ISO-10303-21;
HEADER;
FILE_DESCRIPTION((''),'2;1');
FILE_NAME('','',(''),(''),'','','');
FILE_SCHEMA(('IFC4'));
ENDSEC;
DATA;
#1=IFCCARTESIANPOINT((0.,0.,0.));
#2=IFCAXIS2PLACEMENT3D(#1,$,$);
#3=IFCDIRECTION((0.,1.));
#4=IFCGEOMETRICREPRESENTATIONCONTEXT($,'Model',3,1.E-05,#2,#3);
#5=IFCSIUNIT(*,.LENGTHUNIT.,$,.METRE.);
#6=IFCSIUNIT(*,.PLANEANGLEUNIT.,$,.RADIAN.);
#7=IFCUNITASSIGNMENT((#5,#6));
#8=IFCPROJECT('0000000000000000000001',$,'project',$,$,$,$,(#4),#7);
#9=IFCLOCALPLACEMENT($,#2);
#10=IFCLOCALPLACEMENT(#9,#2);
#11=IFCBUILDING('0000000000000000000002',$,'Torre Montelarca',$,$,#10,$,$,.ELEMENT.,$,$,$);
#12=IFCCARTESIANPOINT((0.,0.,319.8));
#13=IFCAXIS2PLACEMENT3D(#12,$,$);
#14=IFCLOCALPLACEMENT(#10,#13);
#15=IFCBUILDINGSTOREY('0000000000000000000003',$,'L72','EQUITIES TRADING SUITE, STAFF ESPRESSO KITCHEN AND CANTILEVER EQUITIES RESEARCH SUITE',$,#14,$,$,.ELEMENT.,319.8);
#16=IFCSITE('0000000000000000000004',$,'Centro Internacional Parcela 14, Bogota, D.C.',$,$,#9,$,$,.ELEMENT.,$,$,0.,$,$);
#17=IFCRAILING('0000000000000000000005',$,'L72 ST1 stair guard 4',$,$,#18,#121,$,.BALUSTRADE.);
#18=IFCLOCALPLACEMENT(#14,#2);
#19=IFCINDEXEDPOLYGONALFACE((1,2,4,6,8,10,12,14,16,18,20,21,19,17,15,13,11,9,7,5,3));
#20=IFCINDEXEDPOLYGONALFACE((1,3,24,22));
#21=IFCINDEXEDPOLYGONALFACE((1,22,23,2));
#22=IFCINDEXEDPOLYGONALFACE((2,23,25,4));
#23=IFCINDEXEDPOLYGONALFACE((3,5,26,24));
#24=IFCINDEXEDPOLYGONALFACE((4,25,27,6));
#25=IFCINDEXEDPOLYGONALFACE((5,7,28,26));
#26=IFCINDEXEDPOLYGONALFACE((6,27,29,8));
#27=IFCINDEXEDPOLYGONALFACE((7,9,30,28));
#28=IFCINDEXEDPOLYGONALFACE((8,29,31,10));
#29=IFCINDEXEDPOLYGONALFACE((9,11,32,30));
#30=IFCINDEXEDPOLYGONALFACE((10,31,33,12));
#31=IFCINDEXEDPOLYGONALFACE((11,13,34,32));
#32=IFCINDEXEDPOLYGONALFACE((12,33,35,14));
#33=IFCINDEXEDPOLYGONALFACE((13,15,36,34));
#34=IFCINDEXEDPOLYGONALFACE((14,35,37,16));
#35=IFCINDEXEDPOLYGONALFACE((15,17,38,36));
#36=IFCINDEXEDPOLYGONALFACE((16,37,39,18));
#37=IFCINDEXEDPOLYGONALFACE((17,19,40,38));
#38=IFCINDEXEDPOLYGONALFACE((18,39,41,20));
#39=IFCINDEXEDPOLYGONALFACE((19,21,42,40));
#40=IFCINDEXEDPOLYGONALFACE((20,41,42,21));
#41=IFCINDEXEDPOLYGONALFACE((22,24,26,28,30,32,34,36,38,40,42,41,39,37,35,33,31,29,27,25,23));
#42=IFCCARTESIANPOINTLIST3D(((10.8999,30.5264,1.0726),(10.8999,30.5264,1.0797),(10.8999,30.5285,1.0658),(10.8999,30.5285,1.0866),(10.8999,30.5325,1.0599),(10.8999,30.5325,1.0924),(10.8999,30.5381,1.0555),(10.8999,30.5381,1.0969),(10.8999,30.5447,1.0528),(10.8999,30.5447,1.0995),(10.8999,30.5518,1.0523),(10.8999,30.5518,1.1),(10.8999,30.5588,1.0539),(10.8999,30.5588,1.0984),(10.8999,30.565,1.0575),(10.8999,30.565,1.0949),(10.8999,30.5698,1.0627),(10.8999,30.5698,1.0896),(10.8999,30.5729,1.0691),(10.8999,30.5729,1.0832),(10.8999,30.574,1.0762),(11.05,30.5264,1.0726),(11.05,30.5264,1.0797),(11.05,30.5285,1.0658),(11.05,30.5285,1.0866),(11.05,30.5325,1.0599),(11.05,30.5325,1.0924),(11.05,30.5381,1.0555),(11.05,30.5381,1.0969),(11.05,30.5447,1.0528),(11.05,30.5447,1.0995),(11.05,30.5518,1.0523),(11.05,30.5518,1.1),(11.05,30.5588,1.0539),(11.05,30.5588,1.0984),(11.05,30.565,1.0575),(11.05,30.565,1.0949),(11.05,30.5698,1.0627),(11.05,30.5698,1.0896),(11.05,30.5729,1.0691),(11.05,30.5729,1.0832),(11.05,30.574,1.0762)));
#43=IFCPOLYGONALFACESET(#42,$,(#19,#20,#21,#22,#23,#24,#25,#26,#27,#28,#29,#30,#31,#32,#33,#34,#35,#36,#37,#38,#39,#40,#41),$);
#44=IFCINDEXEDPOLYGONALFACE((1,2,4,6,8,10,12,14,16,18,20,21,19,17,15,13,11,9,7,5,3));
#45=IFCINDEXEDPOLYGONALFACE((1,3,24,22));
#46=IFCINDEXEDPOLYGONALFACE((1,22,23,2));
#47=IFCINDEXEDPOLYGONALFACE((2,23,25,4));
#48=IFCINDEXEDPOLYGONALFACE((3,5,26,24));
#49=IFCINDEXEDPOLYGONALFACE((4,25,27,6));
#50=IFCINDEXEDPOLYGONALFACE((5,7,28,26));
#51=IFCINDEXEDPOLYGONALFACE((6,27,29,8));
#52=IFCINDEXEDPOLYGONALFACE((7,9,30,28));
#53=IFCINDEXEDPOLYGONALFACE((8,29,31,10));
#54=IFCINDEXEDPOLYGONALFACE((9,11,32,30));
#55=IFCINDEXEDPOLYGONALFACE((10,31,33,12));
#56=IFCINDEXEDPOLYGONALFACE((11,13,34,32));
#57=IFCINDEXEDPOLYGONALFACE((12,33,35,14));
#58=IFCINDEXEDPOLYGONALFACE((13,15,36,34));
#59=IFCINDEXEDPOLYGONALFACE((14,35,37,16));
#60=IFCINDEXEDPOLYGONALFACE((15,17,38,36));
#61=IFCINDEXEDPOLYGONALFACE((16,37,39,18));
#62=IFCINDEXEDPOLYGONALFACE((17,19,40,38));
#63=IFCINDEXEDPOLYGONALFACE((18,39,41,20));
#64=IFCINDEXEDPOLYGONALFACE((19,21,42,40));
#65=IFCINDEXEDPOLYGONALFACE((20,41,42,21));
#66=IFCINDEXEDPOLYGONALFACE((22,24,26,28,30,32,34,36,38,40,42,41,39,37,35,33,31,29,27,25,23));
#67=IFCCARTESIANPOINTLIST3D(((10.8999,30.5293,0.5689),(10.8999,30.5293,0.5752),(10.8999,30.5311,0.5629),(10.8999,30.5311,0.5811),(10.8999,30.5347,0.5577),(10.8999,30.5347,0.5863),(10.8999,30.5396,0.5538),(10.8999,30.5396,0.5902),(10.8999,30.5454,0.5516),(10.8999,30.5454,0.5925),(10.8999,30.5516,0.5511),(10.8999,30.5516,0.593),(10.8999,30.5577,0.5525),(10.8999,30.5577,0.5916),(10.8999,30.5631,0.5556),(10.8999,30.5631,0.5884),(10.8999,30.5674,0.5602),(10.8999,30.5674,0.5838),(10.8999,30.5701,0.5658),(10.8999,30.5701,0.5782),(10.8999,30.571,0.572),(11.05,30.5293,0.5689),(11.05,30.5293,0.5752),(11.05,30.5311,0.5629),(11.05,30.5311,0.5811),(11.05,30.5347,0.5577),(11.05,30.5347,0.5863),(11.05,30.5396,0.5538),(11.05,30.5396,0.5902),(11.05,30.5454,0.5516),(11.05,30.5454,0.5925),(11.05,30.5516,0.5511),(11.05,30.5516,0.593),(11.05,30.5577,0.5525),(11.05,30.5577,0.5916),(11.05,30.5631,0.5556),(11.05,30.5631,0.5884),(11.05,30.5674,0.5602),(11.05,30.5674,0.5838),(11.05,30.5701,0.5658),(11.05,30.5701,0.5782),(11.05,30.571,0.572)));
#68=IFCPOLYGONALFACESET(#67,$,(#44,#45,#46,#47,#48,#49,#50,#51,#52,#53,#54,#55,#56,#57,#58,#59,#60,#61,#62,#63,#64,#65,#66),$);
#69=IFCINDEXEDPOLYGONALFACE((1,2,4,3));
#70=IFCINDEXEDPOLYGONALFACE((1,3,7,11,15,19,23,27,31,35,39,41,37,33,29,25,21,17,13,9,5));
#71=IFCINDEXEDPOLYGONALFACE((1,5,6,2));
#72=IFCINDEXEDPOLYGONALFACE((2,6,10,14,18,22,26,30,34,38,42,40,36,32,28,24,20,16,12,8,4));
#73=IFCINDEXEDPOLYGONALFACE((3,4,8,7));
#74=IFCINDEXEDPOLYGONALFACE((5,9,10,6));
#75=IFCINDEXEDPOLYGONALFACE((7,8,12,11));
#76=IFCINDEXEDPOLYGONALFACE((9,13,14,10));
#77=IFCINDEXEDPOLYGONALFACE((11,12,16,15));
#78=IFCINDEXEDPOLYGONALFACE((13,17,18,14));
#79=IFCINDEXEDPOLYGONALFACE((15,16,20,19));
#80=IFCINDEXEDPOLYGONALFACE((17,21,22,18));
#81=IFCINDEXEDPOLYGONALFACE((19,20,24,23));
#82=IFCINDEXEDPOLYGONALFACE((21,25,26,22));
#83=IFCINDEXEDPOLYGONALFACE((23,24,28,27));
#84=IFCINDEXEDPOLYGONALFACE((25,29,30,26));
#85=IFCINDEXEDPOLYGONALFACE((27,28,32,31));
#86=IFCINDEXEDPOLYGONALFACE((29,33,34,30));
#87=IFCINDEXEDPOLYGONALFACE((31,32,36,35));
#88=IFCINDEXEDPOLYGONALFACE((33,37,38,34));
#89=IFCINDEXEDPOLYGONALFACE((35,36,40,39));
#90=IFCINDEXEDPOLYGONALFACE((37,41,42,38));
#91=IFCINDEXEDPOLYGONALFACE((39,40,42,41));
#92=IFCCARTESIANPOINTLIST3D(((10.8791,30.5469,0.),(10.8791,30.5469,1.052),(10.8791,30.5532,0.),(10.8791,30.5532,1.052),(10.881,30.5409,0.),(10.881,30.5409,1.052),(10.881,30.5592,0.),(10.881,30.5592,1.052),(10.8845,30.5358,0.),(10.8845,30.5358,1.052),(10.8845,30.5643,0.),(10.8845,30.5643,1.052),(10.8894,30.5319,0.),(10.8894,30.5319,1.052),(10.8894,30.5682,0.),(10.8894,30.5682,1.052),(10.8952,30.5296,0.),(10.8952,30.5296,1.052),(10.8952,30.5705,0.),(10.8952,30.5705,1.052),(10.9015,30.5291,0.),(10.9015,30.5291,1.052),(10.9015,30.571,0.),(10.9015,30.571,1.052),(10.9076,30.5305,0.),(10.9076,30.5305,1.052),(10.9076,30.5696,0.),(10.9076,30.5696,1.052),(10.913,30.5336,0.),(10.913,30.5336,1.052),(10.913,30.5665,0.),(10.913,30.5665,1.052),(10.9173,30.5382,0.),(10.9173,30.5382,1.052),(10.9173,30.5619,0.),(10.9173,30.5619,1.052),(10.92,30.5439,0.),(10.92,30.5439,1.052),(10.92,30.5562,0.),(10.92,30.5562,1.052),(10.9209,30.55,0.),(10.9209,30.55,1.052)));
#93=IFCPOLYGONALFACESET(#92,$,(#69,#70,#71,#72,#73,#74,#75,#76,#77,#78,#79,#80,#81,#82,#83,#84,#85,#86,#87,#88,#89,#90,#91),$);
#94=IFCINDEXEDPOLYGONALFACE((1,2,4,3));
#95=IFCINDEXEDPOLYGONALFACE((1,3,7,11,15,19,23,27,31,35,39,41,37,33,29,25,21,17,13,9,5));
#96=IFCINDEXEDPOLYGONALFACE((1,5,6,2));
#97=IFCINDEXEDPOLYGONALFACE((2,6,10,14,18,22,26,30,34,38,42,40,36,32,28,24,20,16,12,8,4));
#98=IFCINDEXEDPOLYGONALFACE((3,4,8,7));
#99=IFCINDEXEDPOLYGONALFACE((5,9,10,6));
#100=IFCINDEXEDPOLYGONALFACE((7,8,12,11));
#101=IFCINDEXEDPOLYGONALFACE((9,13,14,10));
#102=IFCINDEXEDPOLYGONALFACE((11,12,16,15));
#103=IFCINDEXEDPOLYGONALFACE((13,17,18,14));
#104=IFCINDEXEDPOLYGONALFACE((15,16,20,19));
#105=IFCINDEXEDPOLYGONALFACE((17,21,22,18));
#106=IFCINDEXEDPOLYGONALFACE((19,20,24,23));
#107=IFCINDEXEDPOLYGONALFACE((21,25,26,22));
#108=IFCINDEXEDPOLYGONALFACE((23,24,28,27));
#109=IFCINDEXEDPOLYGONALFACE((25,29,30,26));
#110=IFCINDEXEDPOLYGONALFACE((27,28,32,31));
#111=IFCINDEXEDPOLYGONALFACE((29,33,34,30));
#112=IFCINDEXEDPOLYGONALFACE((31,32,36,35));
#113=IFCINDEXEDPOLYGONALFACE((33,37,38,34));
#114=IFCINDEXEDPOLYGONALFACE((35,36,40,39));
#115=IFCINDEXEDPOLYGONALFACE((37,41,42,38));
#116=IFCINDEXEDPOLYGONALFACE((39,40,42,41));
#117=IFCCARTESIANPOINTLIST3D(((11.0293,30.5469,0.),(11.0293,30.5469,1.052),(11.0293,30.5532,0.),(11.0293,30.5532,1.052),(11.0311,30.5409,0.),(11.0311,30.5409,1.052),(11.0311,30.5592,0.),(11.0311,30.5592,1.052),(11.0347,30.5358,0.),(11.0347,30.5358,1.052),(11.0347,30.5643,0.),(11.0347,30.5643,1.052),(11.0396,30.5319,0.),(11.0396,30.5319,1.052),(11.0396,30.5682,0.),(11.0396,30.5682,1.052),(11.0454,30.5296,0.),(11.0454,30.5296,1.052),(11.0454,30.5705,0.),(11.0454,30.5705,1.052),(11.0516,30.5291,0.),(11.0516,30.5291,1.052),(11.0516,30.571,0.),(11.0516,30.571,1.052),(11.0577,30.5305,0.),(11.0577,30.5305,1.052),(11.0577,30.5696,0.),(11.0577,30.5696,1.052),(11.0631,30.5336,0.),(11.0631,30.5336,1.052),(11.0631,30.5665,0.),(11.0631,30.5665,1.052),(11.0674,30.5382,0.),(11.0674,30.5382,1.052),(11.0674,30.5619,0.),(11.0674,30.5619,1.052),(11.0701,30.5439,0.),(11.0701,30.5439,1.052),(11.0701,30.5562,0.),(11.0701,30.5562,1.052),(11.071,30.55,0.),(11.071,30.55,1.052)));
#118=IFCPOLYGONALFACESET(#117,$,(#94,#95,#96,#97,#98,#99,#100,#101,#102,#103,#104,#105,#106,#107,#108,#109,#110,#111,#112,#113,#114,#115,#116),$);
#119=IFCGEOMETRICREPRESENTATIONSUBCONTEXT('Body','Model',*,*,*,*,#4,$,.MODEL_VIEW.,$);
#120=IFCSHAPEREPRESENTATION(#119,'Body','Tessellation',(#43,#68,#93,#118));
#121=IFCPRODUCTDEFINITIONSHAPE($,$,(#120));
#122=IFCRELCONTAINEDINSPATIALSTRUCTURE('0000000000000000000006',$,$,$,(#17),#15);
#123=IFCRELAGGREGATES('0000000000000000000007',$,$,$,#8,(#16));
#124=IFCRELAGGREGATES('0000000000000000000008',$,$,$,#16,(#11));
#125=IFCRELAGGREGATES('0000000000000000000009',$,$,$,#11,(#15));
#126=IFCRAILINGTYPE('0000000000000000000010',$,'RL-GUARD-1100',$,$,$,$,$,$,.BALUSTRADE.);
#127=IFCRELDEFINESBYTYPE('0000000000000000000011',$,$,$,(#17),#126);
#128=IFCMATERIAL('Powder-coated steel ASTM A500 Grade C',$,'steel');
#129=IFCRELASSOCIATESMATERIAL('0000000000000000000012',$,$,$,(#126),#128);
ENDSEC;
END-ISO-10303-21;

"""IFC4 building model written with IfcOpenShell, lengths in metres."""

from ifc_helpers import new_model, si_unit, direction, frame, origin, origin_2d, place, context, subcontext, project, spatial, circle, extrude, material, type_object, element, save


model = new_model("IFC4")

# Units and contexts
model_context = context("Model", 3, precision=1e-05, world=origin(), true_north=direction((0.0, 1.0)))
body_context = subcontext(model_context, "Body", "Model", "MODEL_VIEW")
ifc_project = project(units=[si_unit("LENGTHUNIT", "METRE"), si_unit("PLANEANGLEUNIT", "RADIAN")], contexts=[model_context])

# Site, building, storey
site_placement = place(None, origin())
site = spatial("IfcSite", under=ifc_project, at=site_placement, Name="Centro Internacional Parcela 14, Bogota, D.C.", CompositionType="ELEMENT", RefElevation=0.0)
building_placement = place(site_placement, origin())
building = spatial("IfcBuilding", under=site, at=building_placement, Name="Torre Montelarca", CompositionType="ELEMENT")
storey_placement = place(building_placement, frame((0.0, 0.0, 319.8)))
storey = spatial("IfcBuildingStorey", under=building, at=storey_placement, Name="L72", Description="EQUITIES TRADING SUITE, STAFF ESPRESSO KITCHEN AND CANTILEVER EQUITIES RESEARCH SUITE", CompositionType="ELEMENT", Elevation=319.8)

# Railing
ifc_material_1 = material(Name="Powder-coated steel ASTM A500 Grade C", Category="steel")
railing_type_1 = type_object("IfcRailingType", Name="RL-GUARD-1100", PredefinedType="BALUSTRADE", material=ifc_material_1)
railing_1_placement = place(storey_placement, frame((10.8999, 30.55, 0.0)))
element("IfcRailing", 1, at=railing_1_placement, inside=storey, type_object=railing_type_1, Name="L72 ST1 stair guard 4", PredefinedType="BALUSTRADE", context=body_context, shape_type="SweptSolid", body=[
    extrude(circle(Radius=0.0239, at=origin_2d()), frame((0.0, 0.0, 1.0762), z_axis=(1.0, 0.0, 0.0), x_axis=(0.0, 1.0, 0.0)), (0.0, 0.0, 1.0), 0.1501),
    extrude(circle(Radius=0.021, at=origin_2d()), frame((0.0, 0.0, 0.572), z_axis=(1.0, 0.0, 0.0), x_axis=(0.0, 1.0, 0.0)), (0.0, 0.0, 1.0), 0.1501),
    extrude(circle(Radius=0.021, at=origin_2d()), origin(), (0.0, 0.0, 1.0), 1.052),
    extrude(circle(Radius=0.021, at=origin_2d()), frame((0.1501, 0.0, 0.0)), (0.0, 0.0, 1.0), 1.052),
])

save(model, "model.ifc")
